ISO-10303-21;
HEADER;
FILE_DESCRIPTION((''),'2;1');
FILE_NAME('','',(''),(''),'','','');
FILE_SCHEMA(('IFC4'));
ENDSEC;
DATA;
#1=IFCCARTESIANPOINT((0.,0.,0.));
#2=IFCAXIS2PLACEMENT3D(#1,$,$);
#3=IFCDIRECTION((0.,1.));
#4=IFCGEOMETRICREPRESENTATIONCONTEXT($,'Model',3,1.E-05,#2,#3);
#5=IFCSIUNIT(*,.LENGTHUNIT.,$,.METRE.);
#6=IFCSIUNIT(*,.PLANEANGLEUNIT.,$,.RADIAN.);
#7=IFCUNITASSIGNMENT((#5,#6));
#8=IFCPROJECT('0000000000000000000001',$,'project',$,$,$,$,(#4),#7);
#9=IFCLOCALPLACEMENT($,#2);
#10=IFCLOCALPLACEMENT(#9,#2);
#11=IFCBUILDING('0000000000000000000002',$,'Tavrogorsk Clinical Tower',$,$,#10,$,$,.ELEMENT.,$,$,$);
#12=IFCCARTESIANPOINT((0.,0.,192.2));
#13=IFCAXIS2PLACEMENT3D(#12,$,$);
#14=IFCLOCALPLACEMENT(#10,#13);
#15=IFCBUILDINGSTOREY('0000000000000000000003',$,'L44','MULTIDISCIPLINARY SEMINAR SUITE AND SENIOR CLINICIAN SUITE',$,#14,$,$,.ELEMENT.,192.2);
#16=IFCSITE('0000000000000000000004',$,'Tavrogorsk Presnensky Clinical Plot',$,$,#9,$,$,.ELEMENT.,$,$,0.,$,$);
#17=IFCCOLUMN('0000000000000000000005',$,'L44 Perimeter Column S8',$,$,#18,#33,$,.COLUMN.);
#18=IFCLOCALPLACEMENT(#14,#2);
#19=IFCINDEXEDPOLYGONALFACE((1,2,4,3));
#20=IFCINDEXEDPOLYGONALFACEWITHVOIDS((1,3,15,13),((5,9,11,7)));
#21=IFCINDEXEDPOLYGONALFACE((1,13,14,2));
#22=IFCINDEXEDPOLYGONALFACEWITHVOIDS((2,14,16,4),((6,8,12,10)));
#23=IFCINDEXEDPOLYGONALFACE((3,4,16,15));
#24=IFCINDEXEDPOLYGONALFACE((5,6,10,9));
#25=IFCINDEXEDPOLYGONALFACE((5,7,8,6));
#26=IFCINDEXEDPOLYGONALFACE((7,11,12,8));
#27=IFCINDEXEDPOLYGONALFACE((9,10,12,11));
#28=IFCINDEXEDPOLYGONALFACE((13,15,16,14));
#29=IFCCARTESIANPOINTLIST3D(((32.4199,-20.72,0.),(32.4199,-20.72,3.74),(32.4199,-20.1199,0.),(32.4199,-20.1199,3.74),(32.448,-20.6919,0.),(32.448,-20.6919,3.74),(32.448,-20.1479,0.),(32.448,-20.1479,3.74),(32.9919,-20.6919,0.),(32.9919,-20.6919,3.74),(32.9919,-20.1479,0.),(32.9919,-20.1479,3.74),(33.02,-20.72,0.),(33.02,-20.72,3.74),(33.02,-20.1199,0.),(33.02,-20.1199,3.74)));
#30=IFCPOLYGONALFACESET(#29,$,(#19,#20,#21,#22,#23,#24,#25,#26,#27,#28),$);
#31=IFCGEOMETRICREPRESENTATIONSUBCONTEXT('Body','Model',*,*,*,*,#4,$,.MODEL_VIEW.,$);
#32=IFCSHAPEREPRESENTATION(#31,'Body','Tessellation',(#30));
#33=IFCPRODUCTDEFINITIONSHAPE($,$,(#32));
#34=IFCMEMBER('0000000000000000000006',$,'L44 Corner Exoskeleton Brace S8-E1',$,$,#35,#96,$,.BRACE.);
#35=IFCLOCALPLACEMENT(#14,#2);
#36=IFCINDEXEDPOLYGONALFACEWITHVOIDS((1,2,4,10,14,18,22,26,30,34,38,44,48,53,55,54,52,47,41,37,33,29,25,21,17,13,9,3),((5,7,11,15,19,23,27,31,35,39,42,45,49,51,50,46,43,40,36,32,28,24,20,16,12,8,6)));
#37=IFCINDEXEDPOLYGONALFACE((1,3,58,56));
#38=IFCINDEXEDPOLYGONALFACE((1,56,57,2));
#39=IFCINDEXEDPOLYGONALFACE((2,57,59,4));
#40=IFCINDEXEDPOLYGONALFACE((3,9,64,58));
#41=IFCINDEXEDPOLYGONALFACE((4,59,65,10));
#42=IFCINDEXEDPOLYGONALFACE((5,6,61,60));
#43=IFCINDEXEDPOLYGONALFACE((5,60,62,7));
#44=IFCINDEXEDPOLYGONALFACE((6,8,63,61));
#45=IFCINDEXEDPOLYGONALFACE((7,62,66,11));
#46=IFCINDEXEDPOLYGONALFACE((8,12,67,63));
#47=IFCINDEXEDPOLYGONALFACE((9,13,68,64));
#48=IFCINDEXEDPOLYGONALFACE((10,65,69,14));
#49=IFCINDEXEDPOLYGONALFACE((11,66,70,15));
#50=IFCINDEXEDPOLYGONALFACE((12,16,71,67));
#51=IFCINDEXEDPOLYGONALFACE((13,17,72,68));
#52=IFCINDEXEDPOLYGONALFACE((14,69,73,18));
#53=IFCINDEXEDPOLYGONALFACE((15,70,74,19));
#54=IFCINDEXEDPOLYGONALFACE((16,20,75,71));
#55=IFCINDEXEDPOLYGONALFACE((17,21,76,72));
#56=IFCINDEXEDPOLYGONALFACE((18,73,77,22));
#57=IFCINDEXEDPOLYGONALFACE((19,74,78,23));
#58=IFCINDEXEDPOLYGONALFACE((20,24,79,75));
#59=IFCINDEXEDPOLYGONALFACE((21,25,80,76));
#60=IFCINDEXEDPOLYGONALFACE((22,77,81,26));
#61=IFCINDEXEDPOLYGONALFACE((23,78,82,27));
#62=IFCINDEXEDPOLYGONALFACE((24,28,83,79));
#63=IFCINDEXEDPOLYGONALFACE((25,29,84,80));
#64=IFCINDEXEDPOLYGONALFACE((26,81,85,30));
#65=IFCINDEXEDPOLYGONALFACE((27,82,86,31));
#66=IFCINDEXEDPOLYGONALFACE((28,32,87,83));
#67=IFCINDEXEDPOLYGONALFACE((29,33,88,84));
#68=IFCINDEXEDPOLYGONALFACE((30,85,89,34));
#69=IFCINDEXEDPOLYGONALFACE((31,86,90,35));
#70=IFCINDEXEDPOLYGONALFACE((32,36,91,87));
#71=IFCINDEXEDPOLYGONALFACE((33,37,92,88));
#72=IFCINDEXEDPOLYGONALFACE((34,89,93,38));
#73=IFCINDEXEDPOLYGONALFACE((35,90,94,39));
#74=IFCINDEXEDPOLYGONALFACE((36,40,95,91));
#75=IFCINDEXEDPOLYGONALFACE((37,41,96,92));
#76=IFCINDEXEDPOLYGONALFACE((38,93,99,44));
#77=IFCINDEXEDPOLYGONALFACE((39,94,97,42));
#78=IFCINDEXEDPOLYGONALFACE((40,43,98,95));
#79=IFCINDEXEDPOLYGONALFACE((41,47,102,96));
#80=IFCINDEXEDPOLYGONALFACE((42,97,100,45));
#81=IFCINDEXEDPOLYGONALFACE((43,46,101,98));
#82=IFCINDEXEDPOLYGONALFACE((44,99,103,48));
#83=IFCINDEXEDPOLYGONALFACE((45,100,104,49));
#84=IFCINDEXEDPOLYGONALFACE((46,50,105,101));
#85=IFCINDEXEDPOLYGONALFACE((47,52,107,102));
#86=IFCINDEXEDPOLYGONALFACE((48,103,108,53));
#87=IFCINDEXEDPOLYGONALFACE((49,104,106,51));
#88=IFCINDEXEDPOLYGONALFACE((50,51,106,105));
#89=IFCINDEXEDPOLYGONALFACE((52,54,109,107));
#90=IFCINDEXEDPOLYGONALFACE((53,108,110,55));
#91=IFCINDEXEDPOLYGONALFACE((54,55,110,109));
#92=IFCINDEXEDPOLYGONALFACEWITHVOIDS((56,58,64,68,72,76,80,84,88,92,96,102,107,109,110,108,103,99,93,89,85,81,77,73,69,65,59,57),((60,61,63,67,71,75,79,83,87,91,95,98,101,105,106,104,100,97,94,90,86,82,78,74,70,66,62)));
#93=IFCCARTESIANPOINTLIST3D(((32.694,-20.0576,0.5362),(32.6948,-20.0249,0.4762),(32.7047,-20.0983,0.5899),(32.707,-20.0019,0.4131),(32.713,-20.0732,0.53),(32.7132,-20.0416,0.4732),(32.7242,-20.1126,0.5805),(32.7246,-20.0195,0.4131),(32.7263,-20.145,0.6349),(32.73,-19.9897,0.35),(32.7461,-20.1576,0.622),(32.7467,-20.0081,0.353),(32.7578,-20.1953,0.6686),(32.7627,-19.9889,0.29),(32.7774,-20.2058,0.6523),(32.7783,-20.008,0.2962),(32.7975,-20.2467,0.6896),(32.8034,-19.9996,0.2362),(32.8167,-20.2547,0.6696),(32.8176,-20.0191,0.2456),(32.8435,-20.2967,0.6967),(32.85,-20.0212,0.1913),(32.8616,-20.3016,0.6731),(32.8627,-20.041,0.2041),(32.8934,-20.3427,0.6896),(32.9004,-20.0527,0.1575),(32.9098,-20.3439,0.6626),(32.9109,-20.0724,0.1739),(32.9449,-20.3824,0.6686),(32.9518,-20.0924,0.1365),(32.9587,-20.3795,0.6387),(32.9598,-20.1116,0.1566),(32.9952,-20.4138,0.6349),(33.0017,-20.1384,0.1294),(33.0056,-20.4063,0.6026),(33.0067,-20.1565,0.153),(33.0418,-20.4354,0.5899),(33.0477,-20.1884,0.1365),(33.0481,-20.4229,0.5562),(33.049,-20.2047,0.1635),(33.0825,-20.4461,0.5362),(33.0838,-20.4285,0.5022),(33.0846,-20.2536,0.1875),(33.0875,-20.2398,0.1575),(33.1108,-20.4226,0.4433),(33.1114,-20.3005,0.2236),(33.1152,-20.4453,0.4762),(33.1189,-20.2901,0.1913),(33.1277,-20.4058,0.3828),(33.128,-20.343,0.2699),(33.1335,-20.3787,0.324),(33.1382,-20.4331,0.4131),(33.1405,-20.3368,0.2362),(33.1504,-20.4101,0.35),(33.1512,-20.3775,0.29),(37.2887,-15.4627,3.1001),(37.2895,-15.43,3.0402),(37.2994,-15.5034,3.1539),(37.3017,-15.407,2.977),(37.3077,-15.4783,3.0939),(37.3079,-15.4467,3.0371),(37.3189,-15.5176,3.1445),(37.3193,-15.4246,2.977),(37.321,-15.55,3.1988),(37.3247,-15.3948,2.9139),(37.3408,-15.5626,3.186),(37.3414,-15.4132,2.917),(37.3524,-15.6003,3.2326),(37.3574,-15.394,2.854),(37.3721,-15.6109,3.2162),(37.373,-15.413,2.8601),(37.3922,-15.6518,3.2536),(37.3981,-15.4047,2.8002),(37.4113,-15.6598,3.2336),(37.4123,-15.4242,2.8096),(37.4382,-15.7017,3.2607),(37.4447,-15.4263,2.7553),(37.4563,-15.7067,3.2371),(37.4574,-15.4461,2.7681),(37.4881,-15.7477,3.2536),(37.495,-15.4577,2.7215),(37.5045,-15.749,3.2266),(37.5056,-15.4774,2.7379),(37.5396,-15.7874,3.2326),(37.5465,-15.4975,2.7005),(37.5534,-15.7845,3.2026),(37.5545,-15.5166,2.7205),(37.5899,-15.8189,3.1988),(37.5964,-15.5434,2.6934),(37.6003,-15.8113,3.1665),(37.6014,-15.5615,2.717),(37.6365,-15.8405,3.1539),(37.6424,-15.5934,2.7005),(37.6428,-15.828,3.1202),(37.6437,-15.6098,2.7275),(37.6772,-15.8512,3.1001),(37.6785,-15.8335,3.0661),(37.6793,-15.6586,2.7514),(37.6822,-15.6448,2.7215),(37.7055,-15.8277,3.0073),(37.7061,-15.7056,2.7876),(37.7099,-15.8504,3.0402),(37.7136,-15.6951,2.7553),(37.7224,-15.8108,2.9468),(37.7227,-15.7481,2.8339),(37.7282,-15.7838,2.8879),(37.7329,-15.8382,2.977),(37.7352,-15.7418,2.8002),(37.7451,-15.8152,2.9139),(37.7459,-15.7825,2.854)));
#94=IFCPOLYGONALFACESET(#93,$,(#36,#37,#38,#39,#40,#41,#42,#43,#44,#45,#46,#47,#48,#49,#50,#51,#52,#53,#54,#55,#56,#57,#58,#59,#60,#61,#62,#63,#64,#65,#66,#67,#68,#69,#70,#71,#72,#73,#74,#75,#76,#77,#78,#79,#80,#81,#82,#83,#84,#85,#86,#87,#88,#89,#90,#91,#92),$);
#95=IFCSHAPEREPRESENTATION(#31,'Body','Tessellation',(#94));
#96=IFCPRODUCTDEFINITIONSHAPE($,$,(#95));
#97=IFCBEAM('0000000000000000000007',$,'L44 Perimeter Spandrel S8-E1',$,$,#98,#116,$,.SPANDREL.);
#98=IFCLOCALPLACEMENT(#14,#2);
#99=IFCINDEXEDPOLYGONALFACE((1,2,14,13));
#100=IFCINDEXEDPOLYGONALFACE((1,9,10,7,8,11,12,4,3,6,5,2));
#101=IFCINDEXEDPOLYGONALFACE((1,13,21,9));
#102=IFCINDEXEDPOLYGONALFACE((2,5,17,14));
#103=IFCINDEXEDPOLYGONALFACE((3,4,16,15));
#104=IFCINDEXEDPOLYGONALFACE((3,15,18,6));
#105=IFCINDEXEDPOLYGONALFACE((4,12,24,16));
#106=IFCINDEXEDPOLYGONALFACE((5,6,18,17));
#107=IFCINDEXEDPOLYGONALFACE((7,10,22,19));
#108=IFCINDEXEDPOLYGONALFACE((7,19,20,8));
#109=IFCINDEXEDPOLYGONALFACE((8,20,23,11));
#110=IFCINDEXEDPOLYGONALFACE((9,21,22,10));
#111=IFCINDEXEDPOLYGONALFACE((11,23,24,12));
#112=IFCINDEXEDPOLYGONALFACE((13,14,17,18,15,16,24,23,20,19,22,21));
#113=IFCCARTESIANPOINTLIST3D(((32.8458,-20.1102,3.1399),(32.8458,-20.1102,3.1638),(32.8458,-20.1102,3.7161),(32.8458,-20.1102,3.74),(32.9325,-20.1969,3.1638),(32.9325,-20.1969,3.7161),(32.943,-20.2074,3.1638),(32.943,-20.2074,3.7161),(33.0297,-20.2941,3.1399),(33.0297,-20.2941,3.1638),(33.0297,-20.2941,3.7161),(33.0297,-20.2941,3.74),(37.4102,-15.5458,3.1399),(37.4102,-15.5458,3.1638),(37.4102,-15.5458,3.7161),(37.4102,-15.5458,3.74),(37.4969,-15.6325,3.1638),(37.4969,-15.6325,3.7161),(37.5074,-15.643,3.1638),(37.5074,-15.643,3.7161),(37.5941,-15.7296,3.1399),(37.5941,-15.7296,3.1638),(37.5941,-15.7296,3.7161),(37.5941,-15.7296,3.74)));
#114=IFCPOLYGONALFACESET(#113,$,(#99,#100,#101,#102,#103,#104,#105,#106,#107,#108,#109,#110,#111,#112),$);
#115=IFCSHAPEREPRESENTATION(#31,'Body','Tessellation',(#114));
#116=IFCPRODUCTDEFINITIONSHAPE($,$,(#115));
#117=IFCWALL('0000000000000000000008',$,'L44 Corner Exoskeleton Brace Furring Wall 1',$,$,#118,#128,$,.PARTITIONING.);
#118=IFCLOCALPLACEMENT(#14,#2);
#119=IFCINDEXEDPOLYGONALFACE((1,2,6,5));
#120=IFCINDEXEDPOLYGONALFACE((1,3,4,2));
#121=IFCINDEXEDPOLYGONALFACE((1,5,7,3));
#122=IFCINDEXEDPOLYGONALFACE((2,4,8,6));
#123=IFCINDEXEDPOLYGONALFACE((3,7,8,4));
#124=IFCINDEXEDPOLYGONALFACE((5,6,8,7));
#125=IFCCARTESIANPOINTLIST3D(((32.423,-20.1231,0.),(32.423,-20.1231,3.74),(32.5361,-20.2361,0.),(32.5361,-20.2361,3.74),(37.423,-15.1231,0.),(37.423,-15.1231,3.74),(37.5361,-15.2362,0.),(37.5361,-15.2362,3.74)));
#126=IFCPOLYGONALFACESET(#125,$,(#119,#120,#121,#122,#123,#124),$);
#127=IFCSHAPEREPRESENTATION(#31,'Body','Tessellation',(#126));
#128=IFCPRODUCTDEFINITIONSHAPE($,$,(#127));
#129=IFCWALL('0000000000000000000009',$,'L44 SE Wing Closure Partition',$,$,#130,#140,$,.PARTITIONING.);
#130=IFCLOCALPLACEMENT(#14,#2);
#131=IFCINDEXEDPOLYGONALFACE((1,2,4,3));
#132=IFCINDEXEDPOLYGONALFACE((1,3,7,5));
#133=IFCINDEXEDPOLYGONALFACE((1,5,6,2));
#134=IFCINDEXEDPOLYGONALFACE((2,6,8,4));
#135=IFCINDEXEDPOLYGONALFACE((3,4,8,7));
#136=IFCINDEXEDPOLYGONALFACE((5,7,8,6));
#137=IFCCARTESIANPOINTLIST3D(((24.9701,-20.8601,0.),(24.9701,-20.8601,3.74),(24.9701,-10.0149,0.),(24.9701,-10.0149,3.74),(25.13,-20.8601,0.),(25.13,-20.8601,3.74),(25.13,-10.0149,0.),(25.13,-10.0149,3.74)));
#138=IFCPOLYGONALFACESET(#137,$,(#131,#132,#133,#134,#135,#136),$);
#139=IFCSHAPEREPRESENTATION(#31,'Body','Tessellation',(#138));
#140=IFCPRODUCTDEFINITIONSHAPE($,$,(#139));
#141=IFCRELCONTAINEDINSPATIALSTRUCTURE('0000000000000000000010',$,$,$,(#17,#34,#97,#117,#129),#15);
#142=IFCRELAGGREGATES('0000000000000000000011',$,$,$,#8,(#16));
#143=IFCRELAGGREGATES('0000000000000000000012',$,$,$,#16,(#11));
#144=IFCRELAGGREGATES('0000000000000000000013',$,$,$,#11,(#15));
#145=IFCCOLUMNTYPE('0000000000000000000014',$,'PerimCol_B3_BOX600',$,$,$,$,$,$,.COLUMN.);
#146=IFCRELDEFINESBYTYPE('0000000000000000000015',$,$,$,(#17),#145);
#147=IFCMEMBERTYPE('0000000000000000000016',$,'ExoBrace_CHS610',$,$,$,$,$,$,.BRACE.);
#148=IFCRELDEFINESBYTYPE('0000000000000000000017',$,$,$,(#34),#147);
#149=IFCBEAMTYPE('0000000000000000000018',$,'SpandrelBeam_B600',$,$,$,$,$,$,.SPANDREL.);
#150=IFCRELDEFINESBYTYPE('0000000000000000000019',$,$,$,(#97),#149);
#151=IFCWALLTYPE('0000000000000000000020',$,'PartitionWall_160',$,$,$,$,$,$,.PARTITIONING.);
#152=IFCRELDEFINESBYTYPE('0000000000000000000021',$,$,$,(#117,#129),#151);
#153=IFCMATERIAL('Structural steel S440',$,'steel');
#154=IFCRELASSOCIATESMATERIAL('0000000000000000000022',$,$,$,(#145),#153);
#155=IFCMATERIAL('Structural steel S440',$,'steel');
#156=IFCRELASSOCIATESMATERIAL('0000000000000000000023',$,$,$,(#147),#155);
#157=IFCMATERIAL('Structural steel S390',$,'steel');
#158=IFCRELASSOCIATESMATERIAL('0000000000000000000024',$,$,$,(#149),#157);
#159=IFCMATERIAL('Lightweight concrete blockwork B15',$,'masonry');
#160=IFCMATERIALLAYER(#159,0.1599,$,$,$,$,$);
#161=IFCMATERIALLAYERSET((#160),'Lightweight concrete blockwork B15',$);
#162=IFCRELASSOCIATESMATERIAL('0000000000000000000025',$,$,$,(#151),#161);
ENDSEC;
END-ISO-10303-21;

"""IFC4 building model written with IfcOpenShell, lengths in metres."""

from ifc_helpers import new_model, si_unit, direction, frame, frame_2d, origin, origin_2d, place, context, subcontext, project, spatial, rectangle, hollow_rectangle, hollow_circle, i_section, extrude, material, layer, layer_set, material_profile, profile_set, type_object, element, save


model = new_model("IFC4")

# Units and contexts
model_context = context("Model", 3, precision=1e-05, world=origin(), true_north=direction((0.0, 1.0)))
body_context = subcontext(model_context, "Body", "Model", "MODEL_VIEW")
ifc_project = project(units=[si_unit("LENGTHUNIT", "METRE"), si_unit("PLANEANGLEUNIT", "RADIAN")], contexts=[model_context])

# Site, building, storey
site_placement = place(None, origin())
site = spatial("IfcSite", under=ifc_project, at=site_placement, Name="Tavrogorsk Presnensky Clinical Plot", CompositionType="ELEMENT", RefElevation=0.0)
building_placement = place(site_placement, origin())
building = spatial("IfcBuilding", under=site, at=building_placement, Name="Tavrogorsk Clinical Tower", CompositionType="ELEMENT")
storey_placement = place(building_placement, frame((0.0, 0.0, 192.2)))
storey = spatial("IfcBuildingStorey", under=building, at=storey_placement, Name="L44", Description="MULTIDISCIPLINARY SEMINAR SUITE AND SENIOR CLINICIAN SUITE", CompositionType="ELEMENT", Elevation=192.2)

# Column
ifc_material_1 = material(Name="Structural steel S440", Category="steel")
ifc_material_profile_1 = material_profile(ifc_material_1, hollow_rectangle(XDim=0.6001, YDim=0.6001, WallThickness=0.0281, at=origin_2d()), Name="BOX-600x600x28")
ifc_profile_set_1 = profile_set([ifc_material_profile_1], Name="Structural steel S440")
column_type = type_object("IfcColumnType", Name="PerimCol_B3_BOX600", PredefinedType="COLUMN", material=ifc_profile_set_1)
column_placement = place(storey_placement, frame((32.72, -20.4199, 0.0), z_axis=(0.0, 0.0, 1.0), x_axis=(1.0, 0.0, 0.0)))
element("IfcColumn", 1, at=column_placement, inside=storey, type_object=column_type, Name="L44 Perimeter Column S8", PredefinedType="COLUMN", context=body_context, shape_type="SweptSolid", body=[
    extrude(hollow_rectangle(XDim=0.6001, YDim=0.6001, WallThickness=0.0281, at=origin_2d()), origin(), (0.0, 0.0, 1.0), 3.74),
])

# Member
ifc_material_2 = material(Name="Structural steel S440", Category="steel")
ifc_material_profile_2 = material_profile(ifc_material_2, hollow_circle(Radius=0.3049, WallThickness=0.0249, at=origin_2d()), Name="CHS-610x25")
ifc_profile_set_2 = profile_set([ifc_material_profile_2], Name="Structural steel S440")
member_type = type_object("IfcMemberType", Name="ExoBrace_CHS610", PredefinedType="BRACE", material=ifc_profile_set_2)
member_placement = place(storey_placement, frame((32.9226, -20.2175, 0.4131), z_axis=(0.657739, 0.657774, 0.367034), x_axis=(-0.707126, 0.707088, 0.0)))
element("IfcMember", 2, at=member_placement, inside=storey, type_object=member_type, Name="L44 Corner Exoskeleton Brace S8-E1", PredefinedType="BRACE", context=body_context, shape_type="SweptSolid", body=[
    extrude(hollow_circle(Radius=0.3049, WallThickness=0.0249, at=origin_2d()), origin(), (0.0, 0.0, 1.0), 6.9856),
])

# Beam
ifc_material_3 = material(Name="Structural steel S390", Category="steel")
ifc_material_profile_3 = material_profile(ifc_material_3, i_section(OverallWidth=0.26, OverallDepth=0.6001, WebThickness=0.0149, FlangeThickness=0.0239, at=origin_2d()), Name="B-600x260x15x24")
ifc_profile_set_3 = profile_set([ifc_material_profile_3], Name="Structural steel S390")
beam_type = type_object("IfcBeamType", Name="SpandrelBeam_B600", PredefinedType="SPANDREL", material=ifc_profile_set_3)
beam_placement = place(storey_placement, frame((32.9377, -20.2021, 3.4399), z_axis=(0.707107, 0.707107, 0.0), x_axis=(-0.707107, 0.707107, 0.0)))
element("IfcBeam", 3, at=beam_placement, inside=storey, type_object=beam_type, Name="L44 Perimeter Spandrel S8-E1", PredefinedType="SPANDREL", context=body_context, shape_type="SweptSolid", body=[
    extrude(i_section(OverallWidth=0.26, OverallDepth=0.6001, WebThickness=0.0149, FlangeThickness=0.0239, at=origin_2d()), origin(), (0.0, 0.0, 1.0), 6.4551),
])

# Walls
ifc_material_4 = material(Name="Lightweight concrete blockwork B15", Category="masonry")
ifc_layer_1 = layer(ifc_material_4, 0.1599)
ifc_layer_set_1 = layer_set([ifc_layer_1], Name="Lightweight concrete blockwork B15")
wall_type_1 = type_object("IfcWallType", Name="PartitionWall_160", PredefinedType="PARTITIONING", material=ifc_layer_set_1)
wall_1_placement = place(storey_placement, frame((32.4795, -20.1797, 0.0), z_axis=(0.0, 0.0, 1.0), x_axis=(0.707107, 0.707107, 0.0)))
element("IfcWall", 4, at=wall_1_placement, inside=storey, type_object=wall_type_1, Name="L44 Corner Exoskeleton Brace Furring Wall 1", PredefinedType="PARTITIONING", context=body_context, shape_type="SweptSolid", body=[
    extrude(rectangle(XDim=7.071, YDim=0.1599, at=frame_2d((3.5356, 0.0))), origin(), (0.0, 0.0, 1.0), 3.74),
])
wall_2_placement = place(storey_placement, frame((25.05, -20.8601, 0.0), z_axis=(0.0, 0.0, 1.0), x_axis=(0.0, 1.0, 0.0)))
element("IfcWall", 5, at=wall_2_placement, inside=storey, type_object=wall_type_1, Name="L44 SE Wing Closure Partition", PredefinedType="PARTITIONING", context=body_context, shape_type="SweptSolid", body=[
    extrude(rectangle(XDim=10.8452, YDim=0.1599, at=frame_2d((5.4226, 0.0))), origin(), (0.0, 0.0, 1.0), 3.74),
])

save(model, "model.ifc")
